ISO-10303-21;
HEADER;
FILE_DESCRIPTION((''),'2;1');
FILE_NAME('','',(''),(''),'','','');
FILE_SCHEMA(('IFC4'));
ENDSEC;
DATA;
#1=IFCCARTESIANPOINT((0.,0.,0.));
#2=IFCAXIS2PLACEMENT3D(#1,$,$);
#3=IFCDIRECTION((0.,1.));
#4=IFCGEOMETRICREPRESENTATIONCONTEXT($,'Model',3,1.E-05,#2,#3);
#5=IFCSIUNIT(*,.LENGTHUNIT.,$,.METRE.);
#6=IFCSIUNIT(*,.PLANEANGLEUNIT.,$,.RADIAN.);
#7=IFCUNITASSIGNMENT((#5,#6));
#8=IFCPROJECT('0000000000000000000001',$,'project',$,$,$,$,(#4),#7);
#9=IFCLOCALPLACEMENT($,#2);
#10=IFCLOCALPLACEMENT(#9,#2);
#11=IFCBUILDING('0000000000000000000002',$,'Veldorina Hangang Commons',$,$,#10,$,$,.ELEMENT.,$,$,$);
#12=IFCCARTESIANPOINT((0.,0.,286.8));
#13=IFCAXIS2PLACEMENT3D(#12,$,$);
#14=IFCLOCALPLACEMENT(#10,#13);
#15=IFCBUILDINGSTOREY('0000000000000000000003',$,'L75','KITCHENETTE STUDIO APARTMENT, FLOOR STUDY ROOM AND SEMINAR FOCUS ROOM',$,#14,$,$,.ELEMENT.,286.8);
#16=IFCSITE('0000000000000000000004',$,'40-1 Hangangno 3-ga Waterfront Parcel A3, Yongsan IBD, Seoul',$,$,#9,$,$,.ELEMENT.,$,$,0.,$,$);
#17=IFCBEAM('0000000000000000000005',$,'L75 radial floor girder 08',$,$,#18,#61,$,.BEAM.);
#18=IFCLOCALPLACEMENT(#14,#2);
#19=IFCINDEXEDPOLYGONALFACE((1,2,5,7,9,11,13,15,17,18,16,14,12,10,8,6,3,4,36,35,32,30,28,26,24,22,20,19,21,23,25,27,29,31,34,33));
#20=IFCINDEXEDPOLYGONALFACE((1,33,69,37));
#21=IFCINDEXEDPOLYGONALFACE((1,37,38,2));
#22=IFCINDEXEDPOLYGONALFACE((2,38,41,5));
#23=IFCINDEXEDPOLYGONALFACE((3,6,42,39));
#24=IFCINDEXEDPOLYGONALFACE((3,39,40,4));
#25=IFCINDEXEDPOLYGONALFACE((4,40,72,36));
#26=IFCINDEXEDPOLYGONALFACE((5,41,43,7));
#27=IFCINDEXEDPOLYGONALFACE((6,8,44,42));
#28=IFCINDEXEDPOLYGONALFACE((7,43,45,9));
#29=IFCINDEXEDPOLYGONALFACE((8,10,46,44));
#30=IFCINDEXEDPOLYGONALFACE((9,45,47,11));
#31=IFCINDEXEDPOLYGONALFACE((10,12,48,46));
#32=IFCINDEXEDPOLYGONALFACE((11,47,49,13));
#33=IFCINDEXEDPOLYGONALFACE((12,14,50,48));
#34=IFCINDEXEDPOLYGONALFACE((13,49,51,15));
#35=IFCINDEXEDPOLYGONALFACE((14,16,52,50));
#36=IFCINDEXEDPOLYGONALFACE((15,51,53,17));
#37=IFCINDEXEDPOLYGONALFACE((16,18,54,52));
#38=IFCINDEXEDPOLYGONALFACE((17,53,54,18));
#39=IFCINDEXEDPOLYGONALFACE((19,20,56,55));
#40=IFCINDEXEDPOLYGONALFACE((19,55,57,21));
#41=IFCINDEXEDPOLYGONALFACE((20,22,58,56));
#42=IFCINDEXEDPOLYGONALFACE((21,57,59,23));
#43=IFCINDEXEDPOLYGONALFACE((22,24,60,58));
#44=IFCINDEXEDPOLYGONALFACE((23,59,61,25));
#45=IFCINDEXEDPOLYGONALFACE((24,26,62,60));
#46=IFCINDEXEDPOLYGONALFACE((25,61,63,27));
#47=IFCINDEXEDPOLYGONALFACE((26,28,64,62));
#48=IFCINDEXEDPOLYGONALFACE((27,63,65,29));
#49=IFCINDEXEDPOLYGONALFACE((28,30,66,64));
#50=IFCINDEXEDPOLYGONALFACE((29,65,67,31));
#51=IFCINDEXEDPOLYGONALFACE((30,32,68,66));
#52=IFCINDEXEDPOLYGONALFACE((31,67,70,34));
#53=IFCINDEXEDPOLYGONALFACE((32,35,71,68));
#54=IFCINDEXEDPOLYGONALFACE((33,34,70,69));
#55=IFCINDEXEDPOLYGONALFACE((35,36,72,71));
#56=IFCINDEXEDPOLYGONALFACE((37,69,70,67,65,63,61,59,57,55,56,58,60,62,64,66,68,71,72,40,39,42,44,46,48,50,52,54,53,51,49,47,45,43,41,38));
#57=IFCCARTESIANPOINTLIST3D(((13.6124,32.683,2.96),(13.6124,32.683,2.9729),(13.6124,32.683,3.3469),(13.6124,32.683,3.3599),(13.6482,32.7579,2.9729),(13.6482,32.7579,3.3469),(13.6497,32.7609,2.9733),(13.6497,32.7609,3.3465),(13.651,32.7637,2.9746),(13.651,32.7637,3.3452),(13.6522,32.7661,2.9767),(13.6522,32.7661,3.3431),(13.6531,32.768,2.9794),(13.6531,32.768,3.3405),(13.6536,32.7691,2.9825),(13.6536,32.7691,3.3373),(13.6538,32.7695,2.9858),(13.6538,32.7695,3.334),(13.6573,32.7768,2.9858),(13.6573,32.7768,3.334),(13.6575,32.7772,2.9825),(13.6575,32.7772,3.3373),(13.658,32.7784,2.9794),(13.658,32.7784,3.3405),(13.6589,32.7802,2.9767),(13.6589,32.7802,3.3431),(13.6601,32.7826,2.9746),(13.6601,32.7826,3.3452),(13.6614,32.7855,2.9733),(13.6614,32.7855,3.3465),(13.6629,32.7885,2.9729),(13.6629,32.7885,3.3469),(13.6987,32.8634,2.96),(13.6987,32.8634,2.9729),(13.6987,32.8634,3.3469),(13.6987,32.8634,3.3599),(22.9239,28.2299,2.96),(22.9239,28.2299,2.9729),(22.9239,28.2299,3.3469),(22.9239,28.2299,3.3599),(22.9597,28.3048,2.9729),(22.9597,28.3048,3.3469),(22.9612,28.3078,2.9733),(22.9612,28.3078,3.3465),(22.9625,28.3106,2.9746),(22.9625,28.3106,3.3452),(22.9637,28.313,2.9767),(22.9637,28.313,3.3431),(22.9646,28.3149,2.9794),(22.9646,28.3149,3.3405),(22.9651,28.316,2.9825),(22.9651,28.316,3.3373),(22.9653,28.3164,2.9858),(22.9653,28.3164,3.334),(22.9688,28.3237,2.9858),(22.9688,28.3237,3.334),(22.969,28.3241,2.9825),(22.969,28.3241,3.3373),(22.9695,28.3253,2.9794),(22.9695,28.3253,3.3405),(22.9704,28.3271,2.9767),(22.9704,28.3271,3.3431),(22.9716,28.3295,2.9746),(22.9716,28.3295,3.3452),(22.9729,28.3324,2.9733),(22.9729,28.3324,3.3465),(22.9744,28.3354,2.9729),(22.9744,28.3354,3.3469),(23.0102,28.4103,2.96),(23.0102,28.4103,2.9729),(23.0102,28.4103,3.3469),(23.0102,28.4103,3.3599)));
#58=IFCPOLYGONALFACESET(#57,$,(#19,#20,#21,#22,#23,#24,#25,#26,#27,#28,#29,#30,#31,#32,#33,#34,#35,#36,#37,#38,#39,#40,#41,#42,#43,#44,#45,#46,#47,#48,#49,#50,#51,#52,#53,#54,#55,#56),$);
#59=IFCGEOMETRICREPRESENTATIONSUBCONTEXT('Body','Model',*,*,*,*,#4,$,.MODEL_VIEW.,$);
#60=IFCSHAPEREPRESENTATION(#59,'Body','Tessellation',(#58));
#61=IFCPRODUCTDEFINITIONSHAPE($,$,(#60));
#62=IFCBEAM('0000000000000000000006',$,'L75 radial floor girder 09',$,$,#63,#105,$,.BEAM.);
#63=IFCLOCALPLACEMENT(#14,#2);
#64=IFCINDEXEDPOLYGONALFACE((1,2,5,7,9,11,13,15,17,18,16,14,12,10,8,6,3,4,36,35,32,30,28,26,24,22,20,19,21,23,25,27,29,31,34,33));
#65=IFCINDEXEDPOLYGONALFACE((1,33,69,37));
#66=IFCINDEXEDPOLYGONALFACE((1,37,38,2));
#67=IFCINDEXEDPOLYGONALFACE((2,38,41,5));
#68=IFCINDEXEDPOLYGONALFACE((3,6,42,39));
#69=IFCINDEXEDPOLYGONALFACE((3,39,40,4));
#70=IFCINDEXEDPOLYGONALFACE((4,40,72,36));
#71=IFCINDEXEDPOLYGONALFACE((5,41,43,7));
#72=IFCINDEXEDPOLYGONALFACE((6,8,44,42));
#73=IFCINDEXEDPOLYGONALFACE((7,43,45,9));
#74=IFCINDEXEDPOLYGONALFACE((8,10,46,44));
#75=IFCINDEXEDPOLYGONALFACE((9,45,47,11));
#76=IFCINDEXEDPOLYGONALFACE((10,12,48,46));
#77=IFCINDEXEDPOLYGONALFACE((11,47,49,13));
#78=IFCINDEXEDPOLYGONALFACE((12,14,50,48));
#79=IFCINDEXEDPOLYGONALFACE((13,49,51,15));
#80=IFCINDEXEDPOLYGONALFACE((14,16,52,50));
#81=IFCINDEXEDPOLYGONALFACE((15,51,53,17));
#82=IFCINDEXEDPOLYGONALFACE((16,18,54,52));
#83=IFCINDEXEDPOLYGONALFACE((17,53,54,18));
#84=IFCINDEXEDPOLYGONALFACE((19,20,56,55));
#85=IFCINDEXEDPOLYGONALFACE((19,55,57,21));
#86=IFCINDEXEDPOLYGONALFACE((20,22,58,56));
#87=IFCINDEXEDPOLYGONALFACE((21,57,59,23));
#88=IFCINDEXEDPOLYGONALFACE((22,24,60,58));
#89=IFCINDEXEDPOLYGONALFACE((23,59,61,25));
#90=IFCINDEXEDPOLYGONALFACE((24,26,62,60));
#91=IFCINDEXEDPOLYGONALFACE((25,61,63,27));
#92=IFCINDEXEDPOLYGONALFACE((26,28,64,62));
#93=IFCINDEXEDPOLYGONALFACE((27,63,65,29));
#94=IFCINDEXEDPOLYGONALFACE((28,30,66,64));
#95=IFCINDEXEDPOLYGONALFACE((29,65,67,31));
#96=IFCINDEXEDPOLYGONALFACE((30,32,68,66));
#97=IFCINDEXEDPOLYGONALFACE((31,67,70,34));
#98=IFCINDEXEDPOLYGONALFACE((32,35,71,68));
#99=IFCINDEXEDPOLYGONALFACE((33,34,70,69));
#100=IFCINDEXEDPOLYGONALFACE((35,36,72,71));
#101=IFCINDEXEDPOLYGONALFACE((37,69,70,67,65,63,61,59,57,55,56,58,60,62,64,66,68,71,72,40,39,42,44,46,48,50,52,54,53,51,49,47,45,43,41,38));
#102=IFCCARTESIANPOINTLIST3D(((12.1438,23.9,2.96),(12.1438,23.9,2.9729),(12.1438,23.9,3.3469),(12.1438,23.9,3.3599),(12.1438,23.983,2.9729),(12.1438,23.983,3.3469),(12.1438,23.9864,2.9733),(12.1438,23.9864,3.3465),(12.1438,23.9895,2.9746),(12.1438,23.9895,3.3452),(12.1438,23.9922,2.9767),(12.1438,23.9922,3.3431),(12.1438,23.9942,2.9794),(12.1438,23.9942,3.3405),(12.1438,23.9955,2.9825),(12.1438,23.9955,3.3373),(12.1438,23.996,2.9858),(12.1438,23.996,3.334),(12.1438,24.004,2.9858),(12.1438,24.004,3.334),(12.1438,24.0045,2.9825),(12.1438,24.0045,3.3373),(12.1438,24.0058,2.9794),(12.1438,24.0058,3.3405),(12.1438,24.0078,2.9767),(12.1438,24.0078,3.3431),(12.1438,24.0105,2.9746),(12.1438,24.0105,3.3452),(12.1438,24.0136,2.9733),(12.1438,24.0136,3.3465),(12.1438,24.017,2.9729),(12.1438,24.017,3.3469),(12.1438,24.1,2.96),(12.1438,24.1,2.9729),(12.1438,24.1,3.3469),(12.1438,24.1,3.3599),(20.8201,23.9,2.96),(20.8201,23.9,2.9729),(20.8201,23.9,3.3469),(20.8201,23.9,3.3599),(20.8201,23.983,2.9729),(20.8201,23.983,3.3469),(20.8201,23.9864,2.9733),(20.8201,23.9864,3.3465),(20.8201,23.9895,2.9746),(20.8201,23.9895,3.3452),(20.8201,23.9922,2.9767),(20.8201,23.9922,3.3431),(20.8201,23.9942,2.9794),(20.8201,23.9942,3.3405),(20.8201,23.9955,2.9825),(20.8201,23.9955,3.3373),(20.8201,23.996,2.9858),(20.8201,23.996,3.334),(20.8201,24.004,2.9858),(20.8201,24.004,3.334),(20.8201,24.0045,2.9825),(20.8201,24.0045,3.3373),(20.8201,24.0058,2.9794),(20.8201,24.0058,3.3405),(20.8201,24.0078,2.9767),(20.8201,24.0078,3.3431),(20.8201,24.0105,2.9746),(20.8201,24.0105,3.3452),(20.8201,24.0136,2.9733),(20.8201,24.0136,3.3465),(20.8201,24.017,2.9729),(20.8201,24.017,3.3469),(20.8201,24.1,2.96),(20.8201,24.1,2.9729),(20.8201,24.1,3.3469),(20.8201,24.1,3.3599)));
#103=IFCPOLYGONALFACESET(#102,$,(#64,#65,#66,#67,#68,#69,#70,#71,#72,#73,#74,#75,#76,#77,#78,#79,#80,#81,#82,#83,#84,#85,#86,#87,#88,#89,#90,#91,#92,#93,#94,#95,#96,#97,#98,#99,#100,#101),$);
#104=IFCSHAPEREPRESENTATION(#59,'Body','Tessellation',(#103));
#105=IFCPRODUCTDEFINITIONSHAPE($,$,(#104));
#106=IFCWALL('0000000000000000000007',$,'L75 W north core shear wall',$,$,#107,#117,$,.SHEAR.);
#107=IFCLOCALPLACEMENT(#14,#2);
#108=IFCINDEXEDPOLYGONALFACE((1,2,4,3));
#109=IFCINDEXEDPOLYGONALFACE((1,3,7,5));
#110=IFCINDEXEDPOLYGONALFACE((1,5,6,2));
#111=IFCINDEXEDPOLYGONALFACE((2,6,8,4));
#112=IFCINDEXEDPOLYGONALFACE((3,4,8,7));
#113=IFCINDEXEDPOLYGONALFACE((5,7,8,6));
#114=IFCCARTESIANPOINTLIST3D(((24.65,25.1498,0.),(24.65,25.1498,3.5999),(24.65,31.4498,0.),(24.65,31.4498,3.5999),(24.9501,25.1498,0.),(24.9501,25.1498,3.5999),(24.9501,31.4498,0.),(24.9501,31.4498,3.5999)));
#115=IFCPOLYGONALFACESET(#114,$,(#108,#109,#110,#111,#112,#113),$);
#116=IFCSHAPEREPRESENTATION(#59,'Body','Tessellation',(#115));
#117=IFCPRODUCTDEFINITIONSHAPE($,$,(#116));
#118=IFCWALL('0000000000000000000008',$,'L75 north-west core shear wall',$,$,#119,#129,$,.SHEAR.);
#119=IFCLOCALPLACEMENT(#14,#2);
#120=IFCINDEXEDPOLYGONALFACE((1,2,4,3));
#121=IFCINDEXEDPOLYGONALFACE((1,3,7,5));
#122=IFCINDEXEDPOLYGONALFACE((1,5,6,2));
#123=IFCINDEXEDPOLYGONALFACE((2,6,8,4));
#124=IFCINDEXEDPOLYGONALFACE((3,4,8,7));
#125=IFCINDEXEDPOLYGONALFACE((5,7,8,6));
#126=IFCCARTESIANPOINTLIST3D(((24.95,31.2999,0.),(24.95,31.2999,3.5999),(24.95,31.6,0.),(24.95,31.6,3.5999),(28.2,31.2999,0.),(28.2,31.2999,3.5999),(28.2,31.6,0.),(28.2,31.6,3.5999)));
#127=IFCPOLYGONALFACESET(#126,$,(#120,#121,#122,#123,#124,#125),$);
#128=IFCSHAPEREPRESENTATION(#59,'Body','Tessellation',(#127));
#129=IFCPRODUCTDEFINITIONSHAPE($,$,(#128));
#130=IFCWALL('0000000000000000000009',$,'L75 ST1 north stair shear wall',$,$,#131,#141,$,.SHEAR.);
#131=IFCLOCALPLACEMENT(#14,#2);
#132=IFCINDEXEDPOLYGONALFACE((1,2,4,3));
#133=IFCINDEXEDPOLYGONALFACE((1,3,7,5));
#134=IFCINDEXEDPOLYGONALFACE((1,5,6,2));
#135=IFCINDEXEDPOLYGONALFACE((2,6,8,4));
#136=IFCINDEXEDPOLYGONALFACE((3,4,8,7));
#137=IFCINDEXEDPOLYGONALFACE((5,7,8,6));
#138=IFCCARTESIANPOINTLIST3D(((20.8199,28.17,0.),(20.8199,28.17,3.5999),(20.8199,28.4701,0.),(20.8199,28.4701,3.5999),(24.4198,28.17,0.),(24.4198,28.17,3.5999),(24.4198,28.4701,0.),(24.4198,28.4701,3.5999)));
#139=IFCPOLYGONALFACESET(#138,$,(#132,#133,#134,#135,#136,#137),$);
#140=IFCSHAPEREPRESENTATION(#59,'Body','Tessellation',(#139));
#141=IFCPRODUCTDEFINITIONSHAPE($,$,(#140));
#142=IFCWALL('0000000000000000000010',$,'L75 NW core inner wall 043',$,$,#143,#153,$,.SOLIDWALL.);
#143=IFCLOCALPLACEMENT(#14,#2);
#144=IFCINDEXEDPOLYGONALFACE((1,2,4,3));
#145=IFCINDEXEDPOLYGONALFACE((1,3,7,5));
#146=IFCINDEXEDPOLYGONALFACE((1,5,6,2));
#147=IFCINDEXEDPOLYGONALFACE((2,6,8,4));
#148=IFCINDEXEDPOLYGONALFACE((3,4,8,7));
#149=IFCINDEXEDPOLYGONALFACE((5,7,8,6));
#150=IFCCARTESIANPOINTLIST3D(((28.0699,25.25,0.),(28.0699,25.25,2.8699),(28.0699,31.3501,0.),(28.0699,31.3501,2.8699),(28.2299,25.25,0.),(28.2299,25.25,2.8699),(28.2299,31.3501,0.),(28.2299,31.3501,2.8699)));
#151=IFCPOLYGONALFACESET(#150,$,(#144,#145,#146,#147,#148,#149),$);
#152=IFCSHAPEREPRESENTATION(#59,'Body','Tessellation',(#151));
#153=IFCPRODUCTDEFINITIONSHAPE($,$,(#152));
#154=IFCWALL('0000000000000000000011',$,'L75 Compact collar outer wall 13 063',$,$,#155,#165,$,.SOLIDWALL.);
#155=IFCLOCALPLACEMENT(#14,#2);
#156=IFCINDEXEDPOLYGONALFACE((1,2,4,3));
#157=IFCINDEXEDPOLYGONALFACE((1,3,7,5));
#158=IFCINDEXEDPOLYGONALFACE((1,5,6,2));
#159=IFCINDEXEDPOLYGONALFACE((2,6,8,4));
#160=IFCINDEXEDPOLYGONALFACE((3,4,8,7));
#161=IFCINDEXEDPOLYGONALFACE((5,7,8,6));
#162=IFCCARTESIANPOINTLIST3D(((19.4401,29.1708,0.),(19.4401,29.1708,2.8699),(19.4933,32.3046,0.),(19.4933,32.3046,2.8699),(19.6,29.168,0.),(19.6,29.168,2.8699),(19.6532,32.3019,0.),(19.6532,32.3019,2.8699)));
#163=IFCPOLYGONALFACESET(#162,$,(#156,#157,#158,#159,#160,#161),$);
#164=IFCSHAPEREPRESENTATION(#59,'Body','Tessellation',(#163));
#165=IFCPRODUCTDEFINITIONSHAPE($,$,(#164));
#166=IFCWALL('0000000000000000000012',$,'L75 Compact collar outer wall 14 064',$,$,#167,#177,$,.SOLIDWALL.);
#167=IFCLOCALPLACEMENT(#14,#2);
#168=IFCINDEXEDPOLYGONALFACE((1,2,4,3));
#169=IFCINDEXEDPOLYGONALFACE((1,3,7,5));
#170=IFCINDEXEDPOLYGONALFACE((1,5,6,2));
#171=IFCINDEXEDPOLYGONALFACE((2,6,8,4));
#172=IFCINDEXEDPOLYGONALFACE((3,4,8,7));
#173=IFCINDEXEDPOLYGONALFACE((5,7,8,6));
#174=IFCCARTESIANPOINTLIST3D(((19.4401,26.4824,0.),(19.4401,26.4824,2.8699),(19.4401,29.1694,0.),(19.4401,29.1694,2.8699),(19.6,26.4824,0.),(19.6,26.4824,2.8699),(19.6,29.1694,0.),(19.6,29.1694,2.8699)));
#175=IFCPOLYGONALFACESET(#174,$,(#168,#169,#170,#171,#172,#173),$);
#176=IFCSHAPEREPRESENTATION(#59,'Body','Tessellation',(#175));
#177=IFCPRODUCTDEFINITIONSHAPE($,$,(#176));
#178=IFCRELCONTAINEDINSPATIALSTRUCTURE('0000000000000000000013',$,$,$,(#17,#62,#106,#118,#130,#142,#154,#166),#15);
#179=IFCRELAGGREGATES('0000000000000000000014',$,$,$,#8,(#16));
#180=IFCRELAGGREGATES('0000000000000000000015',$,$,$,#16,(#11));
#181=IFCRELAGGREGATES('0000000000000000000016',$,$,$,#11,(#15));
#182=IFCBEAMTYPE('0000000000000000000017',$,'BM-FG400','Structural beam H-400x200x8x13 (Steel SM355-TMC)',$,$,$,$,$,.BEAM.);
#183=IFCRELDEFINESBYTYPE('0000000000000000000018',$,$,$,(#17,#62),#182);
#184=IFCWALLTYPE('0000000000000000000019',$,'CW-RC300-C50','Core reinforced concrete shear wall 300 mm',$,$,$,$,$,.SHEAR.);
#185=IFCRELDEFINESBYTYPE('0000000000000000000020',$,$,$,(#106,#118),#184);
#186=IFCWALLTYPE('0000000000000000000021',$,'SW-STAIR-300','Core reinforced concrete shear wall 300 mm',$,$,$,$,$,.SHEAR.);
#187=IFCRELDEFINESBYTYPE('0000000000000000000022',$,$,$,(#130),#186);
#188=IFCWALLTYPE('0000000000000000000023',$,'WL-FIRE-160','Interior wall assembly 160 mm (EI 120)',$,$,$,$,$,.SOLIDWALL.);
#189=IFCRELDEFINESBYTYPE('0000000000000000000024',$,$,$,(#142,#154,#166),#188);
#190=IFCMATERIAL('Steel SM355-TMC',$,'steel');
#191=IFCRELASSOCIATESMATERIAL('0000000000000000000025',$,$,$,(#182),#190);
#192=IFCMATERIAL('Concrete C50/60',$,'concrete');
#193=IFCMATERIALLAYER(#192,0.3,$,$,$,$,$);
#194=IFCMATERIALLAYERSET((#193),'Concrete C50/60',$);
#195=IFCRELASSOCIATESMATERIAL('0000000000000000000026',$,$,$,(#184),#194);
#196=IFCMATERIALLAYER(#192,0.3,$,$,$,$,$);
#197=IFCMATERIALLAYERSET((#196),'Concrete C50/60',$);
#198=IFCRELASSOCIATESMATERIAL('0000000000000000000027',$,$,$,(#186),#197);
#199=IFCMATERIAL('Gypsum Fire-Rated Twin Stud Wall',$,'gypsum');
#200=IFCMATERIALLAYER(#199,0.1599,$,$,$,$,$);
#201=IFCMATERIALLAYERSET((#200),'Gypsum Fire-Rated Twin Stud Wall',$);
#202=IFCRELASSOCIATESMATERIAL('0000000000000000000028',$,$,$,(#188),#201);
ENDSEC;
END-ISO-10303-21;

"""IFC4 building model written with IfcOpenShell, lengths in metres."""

from ifc_helpers import new_model, si_unit, direction, frame, frame_2d, origin, origin_2d, place, context, subcontext, project, spatial, rectangle, i_section, extrude, material, layer, layer_set, material_profile, profile_set, type_object, element, save


model = new_model("IFC4")

# Units and contexts
model_context = context("Model", 3, precision=1e-05, world=origin(), true_north=direction((0.0, 1.0)))
body_context = subcontext(model_context, "Body", "Model", "MODEL_VIEW")
ifc_project = project(units=[si_unit("LENGTHUNIT", "METRE"), si_unit("PLANEANGLEUNIT", "RADIAN")], contexts=[model_context])

# Site, building, storey
site_placement = place(None, origin())
site = spatial("IfcSite", under=ifc_project, at=site_placement, Name="40-1 Hangangno 3-ga Waterfront Parcel A3, Yongsan IBD, Seoul", CompositionType="ELEMENT", RefElevation=0.0)
building_placement = place(site_placement, origin())
building = spatial("IfcBuilding", under=site, at=building_placement, Name="Veldorina Hangang Commons", CompositionType="ELEMENT")
storey_placement = place(building_placement, frame((0.0, 0.0, 286.8)))
storey = spatial("IfcBuildingStorey", under=building, at=storey_placement, Name="L75", Description="KITCHENETTE STUDIO APARTMENT, FLOOR STUDY ROOM AND SEMINAR FOCUS ROOM", CompositionType="ELEMENT", Elevation=286.8)

# Beams
ifc_material_1 = material(Name="Concrete C50/60", Category="concrete")
ifc_material_2 = material(Name="Steel SM355-TMC", Category="steel")
ifc_material_profile_1 = material_profile(ifc_material_2, i_section(OverallWidth=0.2, OverallDepth=0.3999, WebThickness=0.0081, FlangeThickness=0.0129, FilletRadius=0.0129, at=origin_2d()), Name="H-400x200x8x13")
ifc_profile_set_1 = profile_set([ifc_material_profile_1], Name="Steel SM355-TMC")
beam_type_1 = type_object("IfcBeamType", Name="BM-FG400", Description="Structural beam H-400x200x8x13 (Steel SM355-TMC)", PredefinedType="BEAM", material=ifc_profile_set_1)
beam_1_placement = place(storey_placement, frame((22.967, 28.3201, 3.1599), z_axis=(-0.902142, 0.431439, 0.0), x_axis=(-0.431439, -0.902142, 0.0)))
element("IfcBeam", 1, at=beam_1_placement, inside=storey, type_object=beam_type_1, Name="L75 radial floor girder 08", PredefinedType="BEAM", context=body_context, shape_type="SweptSolid", body=[
    extrude(i_section(OverallWidth=0.2, OverallDepth=0.3999, WebThickness=0.0081, FlangeThickness=0.0129, FilletRadius=0.0129, at=origin_2d()), origin(), (0.0, 0.0, 1.0), 10.3215),
])
beam_2_placement = place(storey_placement, frame((20.8201, 24.0, 3.1599), z_axis=(-1.0, 0.0, 0.0), x_axis=(0.0, -1.0, 0.0)))
element("IfcBeam", 2, at=beam_2_placement, inside=storey, type_object=beam_type_1, Name="L75 radial floor girder 09", PredefinedType="BEAM", context=body_context, shape_type="SweptSolid", body=[
    extrude(i_section(OverallWidth=0.2, OverallDepth=0.3999, WebThickness=0.0081, FlangeThickness=0.0129, FilletRadius=0.0129, at=origin_2d()), origin(), (0.0, 0.0, 1.0), 8.6763),
])

# Walls
ifc_layer_1 = layer(ifc_material_1, 0.3)
ifc_layer_set_1 = layer_set([ifc_layer_1], Name="Concrete C50/60")
wall_type_1 = type_object("IfcWallType", Name="CW-RC300-C50", Description="Core reinforced concrete shear wall 300 mm", PredefinedType="SHEAR", material=ifc_layer_set_1)
wall_1_placement = place(storey_placement, frame((24.8, 25.1499, 0.0), z_axis=(0.0, 0.0, 1.0), x_axis=(0.0, 1.0, 0.0)))
element("IfcWall", 3, at=wall_1_placement, inside=storey, type_object=wall_type_1, Name="L75 W north core shear wall", PredefinedType="SHEAR", context=body_context, shape_type="SweptSolid", body=[
    extrude(rectangle(XDim=6.3, YDim=0.3, at=frame_2d((3.1499, 0.0))), origin(), (0.0, 0.0, 1.0), 3.5999),
])
wall_2_placement = place(storey_placement, frame((24.95, 31.45, 0.0), z_axis=(0.0, 0.0, 1.0), x_axis=(1.0, 0.0, 0.0)))
element("IfcWall", 4, at=wall_2_placement, inside=storey, type_object=wall_type_1, Name="L75 north-west core shear wall", PredefinedType="SHEAR", context=body_context, shape_type="SweptSolid", body=[
    extrude(rectangle(XDim=3.25, YDim=0.3, at=frame_2d((1.625, 0.0))), origin(), (0.0, 0.0, 1.0), 3.5999),
])
ifc_layer_2 = layer(ifc_material_1, 0.3)
ifc_layer_set_2 = layer_set([ifc_layer_2], Name="Concrete C50/60")
wall_type_2 = type_object("IfcWallType", Name="SW-STAIR-300", Description="Core reinforced concrete shear wall 300 mm", PredefinedType="SHEAR", material=ifc_layer_set_2)
wall_3_placement = place(storey_placement, frame((20.8201, 28.3201, 0.0), z_axis=(0.0, 0.0, 1.0), x_axis=(1.0, 0.0, 0.0)))
element("IfcWall", 5, at=wall_3_placement, inside=storey, type_object=wall_type_2, Name="L75 ST1 north stair shear wall", PredefinedType="SHEAR", context=body_context, shape_type="SweptSolid", body=[
    extrude(rectangle(XDim=3.5999, YDim=0.3, at=frame_2d((1.7998, 0.0))), origin(), (0.0, 0.0, 1.0), 3.5999),
])
ifc_material_3 = material(Name="Gypsum Fire-Rated Twin Stud Wall", Category="gypsum")
ifc_layer_3 = layer(ifc_material_3, 0.1599)
ifc_layer_set_3 = layer_set([ifc_layer_3], Name="Gypsum Fire-Rated Twin Stud Wall")
wall_type_3 = type_object("IfcWallType", Name="WL-FIRE-160", Description="Interior wall assembly 160 mm (EI 120)", PredefinedType="SOLIDWALL", material=ifc_layer_set_3)
wall_4_placement = place(storey_placement, frame((28.1499, 25.25, 0.0), z_axis=(0.0, 0.0, 1.0), x_axis=(0.0, 1.0, 0.0)))
element("IfcWall", 6, at=wall_4_placement, inside=storey, type_object=wall_type_3, Name="L75 NW core inner wall 043", PredefinedType="SOLIDWALL", context=body_context, shape_type="SweptSolid", body=[
    extrude(rectangle(XDim=6.1001, YDim=0.1599, at=frame_2d((3.05, 0.0))), origin(), (0.0, 0.0, 1.0), 2.8699),
])
wall_5_placement = place(storey_placement, frame((19.5732, 32.3032, 0.0), z_axis=(0.0, 0.0, 1.0), x_axis=(-0.016981, -0.999856, 0.0)))
element("IfcWall", 7, at=wall_5_placement, inside=storey, type_object=wall_type_3, Name="L75 Compact collar outer wall 13 063", PredefinedType="SOLIDWALL", context=body_context, shape_type="SweptSolid", body=[
    extrude(rectangle(XDim=3.1343, YDim=0.1599, at=frame_2d((1.5671, 0.0))), origin(), (0.0, 0.0, 1.0), 2.8699),
])
wall_6_placement = place(storey_placement, frame((19.52, 29.1694, 0.0), z_axis=(0.0, 0.0, 1.0), x_axis=(0.0, -1.0, 0.0)))
element("IfcWall", 8, at=wall_6_placement, inside=storey, type_object=wall_type_3, Name="L75 Compact collar outer wall 14 064", PredefinedType="SOLIDWALL", context=body_context, shape_type="SweptSolid", body=[
    extrude(rectangle(XDim=2.687, YDim=0.1599, at=frame_2d((1.3435, 0.0))), origin(), (0.0, 0.0, 1.0), 2.8699),
])

save(model, "model.ifc")
